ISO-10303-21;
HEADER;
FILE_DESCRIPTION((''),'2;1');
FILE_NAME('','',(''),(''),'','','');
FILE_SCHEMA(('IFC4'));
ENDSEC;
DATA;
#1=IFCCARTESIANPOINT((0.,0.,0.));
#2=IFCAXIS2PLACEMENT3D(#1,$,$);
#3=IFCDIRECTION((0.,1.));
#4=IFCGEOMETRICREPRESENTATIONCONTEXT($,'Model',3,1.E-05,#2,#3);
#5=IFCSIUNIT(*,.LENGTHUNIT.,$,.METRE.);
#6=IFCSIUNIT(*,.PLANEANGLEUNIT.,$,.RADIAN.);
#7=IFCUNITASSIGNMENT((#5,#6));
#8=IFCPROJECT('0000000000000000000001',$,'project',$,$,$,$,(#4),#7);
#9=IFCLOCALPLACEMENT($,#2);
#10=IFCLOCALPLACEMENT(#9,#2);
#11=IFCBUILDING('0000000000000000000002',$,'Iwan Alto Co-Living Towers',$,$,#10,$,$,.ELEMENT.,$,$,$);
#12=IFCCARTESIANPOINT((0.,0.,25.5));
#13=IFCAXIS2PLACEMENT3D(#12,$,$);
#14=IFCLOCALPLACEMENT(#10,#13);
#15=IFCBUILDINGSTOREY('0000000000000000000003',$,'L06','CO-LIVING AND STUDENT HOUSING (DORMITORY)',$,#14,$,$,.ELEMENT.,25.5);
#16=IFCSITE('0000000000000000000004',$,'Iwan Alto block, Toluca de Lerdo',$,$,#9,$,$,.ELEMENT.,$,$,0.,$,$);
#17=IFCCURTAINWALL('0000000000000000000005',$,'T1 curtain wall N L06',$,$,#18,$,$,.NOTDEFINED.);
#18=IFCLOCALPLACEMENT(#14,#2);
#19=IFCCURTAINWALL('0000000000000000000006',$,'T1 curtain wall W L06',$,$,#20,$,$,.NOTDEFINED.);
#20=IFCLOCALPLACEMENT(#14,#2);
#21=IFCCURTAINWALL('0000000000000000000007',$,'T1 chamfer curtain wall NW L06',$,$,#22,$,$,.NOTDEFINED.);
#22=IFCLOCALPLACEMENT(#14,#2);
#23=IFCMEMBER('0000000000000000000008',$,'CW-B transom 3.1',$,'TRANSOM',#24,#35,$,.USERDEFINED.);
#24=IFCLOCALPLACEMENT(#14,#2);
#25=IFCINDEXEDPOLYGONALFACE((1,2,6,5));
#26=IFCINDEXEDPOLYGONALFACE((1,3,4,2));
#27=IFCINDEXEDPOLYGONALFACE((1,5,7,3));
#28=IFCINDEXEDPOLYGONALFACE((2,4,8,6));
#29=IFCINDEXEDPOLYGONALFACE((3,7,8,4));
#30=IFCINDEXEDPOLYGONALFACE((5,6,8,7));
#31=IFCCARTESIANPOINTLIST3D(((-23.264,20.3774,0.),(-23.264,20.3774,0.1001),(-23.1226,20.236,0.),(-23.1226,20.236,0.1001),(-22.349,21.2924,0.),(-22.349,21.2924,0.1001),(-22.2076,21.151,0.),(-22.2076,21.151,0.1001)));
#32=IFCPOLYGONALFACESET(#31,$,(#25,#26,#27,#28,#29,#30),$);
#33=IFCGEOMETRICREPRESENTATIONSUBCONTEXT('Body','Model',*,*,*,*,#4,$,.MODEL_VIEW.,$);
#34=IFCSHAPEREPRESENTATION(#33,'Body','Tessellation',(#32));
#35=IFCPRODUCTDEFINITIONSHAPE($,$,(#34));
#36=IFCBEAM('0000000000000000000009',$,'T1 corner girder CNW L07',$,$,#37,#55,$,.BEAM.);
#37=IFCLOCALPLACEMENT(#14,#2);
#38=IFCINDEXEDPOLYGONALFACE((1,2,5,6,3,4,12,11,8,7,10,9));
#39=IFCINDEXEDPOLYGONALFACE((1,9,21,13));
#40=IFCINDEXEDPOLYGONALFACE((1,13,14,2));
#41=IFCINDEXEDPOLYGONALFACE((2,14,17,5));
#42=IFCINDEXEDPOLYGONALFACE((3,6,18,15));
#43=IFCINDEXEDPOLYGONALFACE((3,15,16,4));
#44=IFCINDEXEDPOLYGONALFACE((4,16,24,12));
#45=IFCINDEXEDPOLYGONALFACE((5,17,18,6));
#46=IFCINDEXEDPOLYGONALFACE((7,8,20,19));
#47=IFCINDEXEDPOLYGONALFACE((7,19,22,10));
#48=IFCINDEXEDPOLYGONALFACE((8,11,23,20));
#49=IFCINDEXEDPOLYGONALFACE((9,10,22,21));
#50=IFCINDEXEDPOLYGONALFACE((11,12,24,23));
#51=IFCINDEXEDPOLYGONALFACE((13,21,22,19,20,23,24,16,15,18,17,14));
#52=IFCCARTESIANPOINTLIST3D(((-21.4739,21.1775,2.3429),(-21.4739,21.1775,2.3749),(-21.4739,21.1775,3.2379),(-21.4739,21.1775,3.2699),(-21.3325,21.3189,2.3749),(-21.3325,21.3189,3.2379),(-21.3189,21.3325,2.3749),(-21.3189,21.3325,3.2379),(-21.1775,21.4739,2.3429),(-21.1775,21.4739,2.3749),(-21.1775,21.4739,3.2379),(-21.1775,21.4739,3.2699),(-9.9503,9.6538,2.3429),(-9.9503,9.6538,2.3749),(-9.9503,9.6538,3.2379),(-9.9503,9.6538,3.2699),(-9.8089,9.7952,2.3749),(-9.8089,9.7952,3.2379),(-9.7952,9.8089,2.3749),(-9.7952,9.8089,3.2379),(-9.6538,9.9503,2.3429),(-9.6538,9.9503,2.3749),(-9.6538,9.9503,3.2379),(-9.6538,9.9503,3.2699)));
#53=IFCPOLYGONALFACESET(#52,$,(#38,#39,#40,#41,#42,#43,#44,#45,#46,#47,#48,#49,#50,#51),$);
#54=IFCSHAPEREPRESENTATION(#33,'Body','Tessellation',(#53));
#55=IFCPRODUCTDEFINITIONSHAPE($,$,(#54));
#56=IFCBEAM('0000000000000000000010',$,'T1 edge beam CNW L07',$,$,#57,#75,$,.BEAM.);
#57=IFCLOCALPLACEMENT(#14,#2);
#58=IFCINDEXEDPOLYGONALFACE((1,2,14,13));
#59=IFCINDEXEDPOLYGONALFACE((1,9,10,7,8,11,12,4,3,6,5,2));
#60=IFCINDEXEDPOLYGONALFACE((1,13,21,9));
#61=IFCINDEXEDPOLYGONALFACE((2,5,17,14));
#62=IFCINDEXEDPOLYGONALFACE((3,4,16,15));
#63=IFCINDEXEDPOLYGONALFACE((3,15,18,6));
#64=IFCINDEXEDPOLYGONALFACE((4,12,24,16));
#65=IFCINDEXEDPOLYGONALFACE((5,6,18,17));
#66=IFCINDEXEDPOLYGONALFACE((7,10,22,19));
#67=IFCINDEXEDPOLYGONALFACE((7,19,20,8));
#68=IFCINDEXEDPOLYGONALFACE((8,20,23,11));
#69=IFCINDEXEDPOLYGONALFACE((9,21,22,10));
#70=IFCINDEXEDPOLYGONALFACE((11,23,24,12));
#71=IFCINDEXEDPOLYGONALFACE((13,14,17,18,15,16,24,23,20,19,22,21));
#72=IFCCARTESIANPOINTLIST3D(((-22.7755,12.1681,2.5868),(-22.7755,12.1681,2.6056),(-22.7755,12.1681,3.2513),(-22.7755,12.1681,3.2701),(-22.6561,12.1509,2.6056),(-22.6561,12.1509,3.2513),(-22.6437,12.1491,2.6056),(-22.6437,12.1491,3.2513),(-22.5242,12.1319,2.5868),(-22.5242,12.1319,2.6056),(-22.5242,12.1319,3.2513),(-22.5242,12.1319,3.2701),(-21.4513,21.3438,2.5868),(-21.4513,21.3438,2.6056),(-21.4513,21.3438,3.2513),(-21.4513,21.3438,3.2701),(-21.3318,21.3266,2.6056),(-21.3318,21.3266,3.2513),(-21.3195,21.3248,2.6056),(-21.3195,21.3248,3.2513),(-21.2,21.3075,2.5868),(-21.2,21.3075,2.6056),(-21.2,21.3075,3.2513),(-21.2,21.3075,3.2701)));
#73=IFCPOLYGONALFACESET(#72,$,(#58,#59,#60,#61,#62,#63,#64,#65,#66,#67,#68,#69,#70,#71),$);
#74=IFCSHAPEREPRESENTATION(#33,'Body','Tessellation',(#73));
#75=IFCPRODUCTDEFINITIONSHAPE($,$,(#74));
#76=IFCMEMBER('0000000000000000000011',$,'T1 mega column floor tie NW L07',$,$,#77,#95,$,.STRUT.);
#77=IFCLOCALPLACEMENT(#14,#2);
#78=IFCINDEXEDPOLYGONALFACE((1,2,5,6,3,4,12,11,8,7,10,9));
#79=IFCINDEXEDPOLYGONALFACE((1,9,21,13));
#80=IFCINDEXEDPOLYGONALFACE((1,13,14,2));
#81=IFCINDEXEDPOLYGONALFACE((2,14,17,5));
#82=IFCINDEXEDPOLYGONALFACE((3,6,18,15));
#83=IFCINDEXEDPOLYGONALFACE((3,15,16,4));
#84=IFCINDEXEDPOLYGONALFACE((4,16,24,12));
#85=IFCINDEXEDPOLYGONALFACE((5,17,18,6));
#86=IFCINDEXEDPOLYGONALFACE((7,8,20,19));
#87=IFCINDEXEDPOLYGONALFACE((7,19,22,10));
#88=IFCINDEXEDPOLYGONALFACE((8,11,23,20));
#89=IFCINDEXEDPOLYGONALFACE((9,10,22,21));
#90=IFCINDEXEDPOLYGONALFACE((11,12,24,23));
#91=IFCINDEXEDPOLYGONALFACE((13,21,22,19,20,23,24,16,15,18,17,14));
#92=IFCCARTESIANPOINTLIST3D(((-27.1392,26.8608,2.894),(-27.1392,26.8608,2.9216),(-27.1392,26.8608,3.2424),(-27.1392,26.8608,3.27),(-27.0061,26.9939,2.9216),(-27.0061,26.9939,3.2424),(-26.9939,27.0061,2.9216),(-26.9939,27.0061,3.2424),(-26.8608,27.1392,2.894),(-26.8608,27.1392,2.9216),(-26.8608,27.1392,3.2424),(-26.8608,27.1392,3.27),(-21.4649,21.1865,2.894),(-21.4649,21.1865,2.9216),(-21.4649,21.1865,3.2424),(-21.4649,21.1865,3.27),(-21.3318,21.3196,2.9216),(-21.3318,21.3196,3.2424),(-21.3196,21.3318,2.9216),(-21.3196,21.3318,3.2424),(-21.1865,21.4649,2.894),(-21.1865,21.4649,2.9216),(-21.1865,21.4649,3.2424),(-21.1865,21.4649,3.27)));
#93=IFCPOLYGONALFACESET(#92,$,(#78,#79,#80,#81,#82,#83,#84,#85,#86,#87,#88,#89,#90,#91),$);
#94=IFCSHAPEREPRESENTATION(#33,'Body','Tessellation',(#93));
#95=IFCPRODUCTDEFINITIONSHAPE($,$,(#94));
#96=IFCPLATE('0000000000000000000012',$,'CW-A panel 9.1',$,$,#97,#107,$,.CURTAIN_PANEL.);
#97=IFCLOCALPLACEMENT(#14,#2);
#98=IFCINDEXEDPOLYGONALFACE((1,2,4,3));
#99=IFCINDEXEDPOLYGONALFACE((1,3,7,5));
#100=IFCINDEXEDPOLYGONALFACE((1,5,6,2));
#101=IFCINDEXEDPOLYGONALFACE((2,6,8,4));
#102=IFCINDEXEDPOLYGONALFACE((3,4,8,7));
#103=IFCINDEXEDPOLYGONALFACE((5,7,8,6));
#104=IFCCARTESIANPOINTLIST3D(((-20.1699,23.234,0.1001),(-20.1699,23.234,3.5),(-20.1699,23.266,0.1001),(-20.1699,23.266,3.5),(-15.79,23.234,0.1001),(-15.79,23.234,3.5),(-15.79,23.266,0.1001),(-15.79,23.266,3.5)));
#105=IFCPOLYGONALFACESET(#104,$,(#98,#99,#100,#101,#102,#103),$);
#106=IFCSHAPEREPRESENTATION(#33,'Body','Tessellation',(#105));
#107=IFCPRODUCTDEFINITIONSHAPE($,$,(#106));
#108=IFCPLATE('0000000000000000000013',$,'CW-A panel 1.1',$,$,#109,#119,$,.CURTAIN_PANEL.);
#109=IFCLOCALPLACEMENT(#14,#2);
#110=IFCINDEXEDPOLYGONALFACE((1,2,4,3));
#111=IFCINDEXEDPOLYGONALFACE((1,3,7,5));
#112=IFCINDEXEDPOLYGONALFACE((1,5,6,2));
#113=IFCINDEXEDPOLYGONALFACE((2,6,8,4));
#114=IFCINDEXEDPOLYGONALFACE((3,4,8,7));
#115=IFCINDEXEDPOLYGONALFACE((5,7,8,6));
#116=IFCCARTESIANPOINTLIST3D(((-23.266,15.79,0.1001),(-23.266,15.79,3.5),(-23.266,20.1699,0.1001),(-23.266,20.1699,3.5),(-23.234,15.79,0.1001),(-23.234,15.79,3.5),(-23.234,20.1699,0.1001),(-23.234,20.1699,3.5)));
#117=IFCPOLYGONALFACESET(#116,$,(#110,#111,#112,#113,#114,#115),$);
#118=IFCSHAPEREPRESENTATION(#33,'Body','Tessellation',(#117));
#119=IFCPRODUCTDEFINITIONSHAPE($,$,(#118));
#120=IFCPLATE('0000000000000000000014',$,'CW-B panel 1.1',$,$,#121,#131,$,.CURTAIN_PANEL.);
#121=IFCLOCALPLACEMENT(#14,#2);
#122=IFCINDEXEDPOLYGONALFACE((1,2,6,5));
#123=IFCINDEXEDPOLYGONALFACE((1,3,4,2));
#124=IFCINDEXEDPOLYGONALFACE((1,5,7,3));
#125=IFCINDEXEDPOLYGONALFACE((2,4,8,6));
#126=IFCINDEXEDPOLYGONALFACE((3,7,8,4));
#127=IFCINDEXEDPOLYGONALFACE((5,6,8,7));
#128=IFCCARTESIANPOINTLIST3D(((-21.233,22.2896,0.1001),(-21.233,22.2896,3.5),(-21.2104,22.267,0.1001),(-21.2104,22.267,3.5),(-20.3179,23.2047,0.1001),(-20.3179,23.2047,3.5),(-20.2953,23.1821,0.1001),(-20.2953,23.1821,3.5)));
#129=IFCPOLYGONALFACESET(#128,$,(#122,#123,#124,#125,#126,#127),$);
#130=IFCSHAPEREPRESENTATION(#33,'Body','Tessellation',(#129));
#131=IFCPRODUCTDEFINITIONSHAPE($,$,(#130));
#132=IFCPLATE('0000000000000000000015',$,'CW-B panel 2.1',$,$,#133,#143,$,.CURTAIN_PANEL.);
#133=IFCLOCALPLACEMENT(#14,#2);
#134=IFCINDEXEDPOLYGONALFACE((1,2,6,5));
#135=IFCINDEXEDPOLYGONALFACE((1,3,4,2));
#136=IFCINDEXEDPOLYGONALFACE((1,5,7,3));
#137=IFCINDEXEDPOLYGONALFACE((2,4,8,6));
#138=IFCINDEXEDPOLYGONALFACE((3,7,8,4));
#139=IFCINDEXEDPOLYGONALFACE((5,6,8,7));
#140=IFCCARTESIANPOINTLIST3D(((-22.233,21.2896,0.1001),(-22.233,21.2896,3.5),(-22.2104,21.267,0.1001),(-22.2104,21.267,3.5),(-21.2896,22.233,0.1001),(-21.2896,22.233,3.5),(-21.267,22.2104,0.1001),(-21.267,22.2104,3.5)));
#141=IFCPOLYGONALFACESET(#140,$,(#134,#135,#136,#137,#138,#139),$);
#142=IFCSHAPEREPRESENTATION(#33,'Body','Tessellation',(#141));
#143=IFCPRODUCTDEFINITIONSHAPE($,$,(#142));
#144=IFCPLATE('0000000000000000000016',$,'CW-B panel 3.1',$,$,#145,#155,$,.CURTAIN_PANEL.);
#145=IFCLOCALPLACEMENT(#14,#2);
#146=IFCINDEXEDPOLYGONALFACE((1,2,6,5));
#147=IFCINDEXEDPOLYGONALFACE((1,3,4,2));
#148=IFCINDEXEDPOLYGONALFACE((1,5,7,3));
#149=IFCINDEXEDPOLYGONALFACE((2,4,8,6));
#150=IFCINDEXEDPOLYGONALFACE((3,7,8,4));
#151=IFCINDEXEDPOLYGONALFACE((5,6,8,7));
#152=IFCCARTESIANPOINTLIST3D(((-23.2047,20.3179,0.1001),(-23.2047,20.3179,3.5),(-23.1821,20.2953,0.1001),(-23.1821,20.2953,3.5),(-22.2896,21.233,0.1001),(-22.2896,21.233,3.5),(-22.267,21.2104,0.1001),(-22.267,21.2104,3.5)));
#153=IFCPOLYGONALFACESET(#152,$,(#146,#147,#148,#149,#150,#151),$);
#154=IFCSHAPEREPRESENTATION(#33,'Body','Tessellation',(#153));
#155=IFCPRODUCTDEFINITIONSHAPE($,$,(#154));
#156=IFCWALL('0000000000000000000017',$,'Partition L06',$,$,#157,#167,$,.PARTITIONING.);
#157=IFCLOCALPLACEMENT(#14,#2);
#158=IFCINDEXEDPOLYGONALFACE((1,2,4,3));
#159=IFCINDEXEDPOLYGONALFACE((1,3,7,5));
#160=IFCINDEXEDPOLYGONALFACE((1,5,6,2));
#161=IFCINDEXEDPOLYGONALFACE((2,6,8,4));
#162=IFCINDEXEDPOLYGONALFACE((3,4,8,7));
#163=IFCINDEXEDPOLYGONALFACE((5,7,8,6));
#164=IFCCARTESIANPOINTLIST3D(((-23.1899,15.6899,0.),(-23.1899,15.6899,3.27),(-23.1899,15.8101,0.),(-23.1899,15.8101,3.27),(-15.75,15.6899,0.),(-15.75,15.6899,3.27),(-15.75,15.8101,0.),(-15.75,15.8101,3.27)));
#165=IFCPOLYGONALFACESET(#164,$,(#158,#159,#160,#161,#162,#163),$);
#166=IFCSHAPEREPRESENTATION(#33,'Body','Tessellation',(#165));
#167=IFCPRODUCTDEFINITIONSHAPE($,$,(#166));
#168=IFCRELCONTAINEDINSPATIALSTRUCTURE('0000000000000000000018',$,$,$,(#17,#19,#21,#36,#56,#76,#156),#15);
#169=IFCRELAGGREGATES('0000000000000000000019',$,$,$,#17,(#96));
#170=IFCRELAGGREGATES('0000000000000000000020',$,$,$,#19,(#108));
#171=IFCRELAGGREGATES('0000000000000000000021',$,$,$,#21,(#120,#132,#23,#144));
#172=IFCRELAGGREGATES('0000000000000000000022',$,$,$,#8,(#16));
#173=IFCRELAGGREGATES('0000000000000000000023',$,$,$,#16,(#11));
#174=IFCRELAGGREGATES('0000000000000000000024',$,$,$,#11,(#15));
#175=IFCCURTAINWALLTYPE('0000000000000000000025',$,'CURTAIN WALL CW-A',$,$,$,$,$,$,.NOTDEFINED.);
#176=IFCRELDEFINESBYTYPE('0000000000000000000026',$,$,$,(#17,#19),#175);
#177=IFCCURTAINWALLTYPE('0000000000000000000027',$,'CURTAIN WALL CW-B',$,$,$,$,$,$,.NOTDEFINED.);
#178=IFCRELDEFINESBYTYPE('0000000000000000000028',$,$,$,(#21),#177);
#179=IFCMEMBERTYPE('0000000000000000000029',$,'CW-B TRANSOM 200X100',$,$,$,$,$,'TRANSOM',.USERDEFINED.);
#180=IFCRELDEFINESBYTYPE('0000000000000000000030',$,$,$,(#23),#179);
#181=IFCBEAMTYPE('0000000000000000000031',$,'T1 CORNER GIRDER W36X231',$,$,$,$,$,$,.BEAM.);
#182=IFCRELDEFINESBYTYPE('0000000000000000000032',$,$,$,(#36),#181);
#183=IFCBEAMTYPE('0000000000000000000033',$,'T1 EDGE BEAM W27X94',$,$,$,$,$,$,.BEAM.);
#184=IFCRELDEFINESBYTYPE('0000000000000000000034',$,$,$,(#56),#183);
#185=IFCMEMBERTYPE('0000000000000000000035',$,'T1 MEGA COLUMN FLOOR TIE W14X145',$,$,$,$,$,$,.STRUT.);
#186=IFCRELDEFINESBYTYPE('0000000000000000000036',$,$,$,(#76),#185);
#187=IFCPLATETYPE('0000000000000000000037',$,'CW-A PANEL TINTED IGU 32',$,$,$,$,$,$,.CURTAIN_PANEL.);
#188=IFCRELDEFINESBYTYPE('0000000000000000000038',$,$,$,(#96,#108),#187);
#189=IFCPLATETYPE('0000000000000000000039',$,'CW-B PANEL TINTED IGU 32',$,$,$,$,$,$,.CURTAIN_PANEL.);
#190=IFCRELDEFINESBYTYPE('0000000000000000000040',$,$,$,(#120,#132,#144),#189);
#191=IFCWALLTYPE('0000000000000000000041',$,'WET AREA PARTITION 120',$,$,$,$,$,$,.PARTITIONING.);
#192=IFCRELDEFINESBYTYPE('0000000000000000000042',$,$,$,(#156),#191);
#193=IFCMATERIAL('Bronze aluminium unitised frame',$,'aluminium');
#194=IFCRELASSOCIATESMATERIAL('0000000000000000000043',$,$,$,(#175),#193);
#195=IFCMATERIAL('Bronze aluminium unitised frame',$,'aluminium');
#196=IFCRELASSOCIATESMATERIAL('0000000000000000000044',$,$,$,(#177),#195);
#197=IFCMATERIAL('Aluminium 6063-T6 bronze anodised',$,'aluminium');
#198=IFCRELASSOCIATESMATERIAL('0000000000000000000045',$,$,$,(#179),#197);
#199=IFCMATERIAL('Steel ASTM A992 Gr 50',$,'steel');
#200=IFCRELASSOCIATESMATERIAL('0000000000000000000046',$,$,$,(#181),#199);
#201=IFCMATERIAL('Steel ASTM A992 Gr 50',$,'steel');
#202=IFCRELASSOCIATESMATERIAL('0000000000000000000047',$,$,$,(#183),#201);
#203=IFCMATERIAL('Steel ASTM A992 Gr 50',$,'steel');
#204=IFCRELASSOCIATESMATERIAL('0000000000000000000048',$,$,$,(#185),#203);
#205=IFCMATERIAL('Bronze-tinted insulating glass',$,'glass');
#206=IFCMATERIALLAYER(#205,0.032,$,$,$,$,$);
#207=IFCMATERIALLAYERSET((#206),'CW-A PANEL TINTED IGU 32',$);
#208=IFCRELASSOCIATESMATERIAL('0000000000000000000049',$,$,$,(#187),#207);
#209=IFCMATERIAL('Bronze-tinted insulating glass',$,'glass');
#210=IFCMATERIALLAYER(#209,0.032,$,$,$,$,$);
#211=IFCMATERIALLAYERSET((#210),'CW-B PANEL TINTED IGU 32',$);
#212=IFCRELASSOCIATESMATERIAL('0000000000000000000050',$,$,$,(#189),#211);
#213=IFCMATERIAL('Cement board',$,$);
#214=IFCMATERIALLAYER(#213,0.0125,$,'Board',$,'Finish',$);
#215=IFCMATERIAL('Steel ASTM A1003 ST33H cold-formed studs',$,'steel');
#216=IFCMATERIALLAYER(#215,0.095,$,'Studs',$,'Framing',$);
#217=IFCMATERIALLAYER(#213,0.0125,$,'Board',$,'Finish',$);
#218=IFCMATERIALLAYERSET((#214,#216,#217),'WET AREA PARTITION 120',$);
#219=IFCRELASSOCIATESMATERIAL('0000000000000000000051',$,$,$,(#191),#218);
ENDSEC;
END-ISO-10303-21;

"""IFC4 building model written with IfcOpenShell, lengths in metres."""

from ifc_helpers import new_model, si_unit, direction, frame, frame_2d, origin, origin_2d, place, context, subcontext, project, spatial, rectangle, i_section, extrude, material, layer, layer_set, material_profile, profile_set, type_object, element, aggregate, save


model = new_model("IFC4")

# Units and contexts
model_context = context("Model", 3, precision=1e-05, world=origin(), true_north=direction((0.0, 1.0)))
body_context = subcontext(model_context, "Body", "Model", "MODEL_VIEW")
ifc_project = project(units=[si_unit("LENGTHUNIT", "METRE"), si_unit("PLANEANGLEUNIT", "RADIAN")], contexts=[model_context])

# Site, building, storey
site_placement = place(None, origin())
site = spatial("IfcSite", under=ifc_project, at=site_placement, Name="Iwan Alto block, Toluca de Lerdo", CompositionType="ELEMENT", RefElevation=0.0)
building_placement = place(site_placement, origin())
building = spatial("IfcBuilding", under=site, at=building_placement, Name="Iwan Alto Co-Living Towers", CompositionType="ELEMENT")
storey_placement = place(building_placement, frame((0.0, 0.0, 25.5)))
storey = spatial("IfcBuildingStorey", under=building, at=storey_placement, Name="L06", Description="CO-LIVING AND STUDENT HOUSING (DORMITORY)", CompositionType="ELEMENT", Elevation=25.5)

# Curtain wall
ifc_material_1 = material(Name="Bronze aluminium unitised frame", Category="aluminium")
curtain_wall_type_1 = type_object("IfcCurtainWallType", Name="CURTAIN WALL CW-A", PredefinedType="NOTDEFINED", material=ifc_material_1)
curtain_wall_1_placement = place(storey_placement, origin())
curtain_wall_1 = element("IfcCurtainWall", 1, at=curtain_wall_1_placement, inside=storey, type_object=curtain_wall_type_1, Name="T1 curtain wall N L06", PredefinedType="NOTDEFINED")

# Curtain walls, member
curtain_wall_2_placement = place(storey_placement, origin())
curtain_wall_2 = element("IfcCurtainWall", 2, at=curtain_wall_2_placement, inside=storey, type_object=curtain_wall_type_1, Name="T1 curtain wall W L06", PredefinedType="NOTDEFINED")
ifc_material_2 = material(Name="Bronze aluminium unitised frame", Category="aluminium")
curtain_wall_type_2 = type_object("IfcCurtainWallType", Name="CURTAIN WALL CW-B", PredefinedType="NOTDEFINED", material=ifc_material_2)
curtain_wall_3_placement = place(storey_placement, origin())
curtain_wall_3 = element("IfcCurtainWall", 3, at=curtain_wall_3_placement, inside=storey, type_object=curtain_wall_type_2, Name="T1 chamfer curtain wall NW L06", PredefinedType="NOTDEFINED")
ifc_material_3 = material(Name="Aluminium 6063-T6 bronze anodised", Category="aluminium")
ifc_material_profile_1 = material_profile(ifc_material_3, rectangle(XDim=0.2, YDim=0.1001, at=origin_2d()), Name="AL 200X100")
ifc_profile_set_1 = profile_set([ifc_material_profile_1], Name="Aluminium 6063-T6 bronze anodised")
member_type_1 = type_object("IfcMemberType", Name="CW-B TRANSOM 200X100", ElementType="TRANSOM", PredefinedType="USERDEFINED", material=ifc_profile_set_1)
member_1_placement = place(storey_placement, frame((-22.2783, 21.2217, 0.05), z_axis=(-0.707107, -0.707107, 0.0), x_axis=(0.707107, -0.707107, 0.0)))
member_1 = element("IfcMember", 4, at=member_1_placement, type_object=member_type_1, Name="CW-B transom 3.1", ObjectType="TRANSOM", PredefinedType="USERDEFINED", context=body_context, shape_type="SweptSolid", body=[
    extrude(rectangle(XDim=0.2, YDim=0.1001, at=origin_2d()), origin(), (0.0, 0.0, 1.0), 1.2939),
])

# Beams
ifc_material_4 = material(Name="Steel ASTM A992 Gr 50", Category="steel")
ifc_material_profile_2 = material_profile(ifc_material_4, i_section(OverallWidth=0.4192, OverallDepth=0.927, WebThickness=0.0193, FlangeThickness=0.032, at=origin_2d()), Name="W36X231")
ifc_profile_set_2 = profile_set([ifc_material_profile_2], Name="Steel ASTM A992 Gr 50")
beam_type_1 = type_object("IfcBeamType", Name="T1 CORNER GIRDER W36X231", PredefinedType="BEAM", material=ifc_profile_set_2)
beam_1_placement = place(storey_placement, frame((-21.3257, 21.3257, 2.8064), z_axis=(0.707107, -0.707107, 0.0), x_axis=(0.707107, 0.707107, 0.0)))
element("IfcBeam", 5, at=beam_1_placement, inside=storey, type_object=beam_type_1, Name="T1 corner girder CNW L07", PredefinedType="BEAM", context=body_context, shape_type="SweptSolid", body=[
    extrude(i_section(OverallWidth=0.4192, OverallDepth=0.927, WebThickness=0.0193, FlangeThickness=0.032, at=origin_2d()), origin(), (0.0, 0.0, 1.0), 16.2969),
])
ifc_material_5 = material(Name="Steel ASTM A992 Gr 50", Category="steel")
ifc_material_profile_3 = material_profile(ifc_material_5, i_section(OverallWidth=0.2539, OverallDepth=0.6833, WebThickness=0.0125, FlangeThickness=0.0188, at=origin_2d()), Name="W27X94")
ifc_profile_set_3 = profile_set([ifc_material_profile_3], Name="Steel ASTM A992 Gr 50")
beam_type_2 = type_object("IfcBeamType", Name="T1 EDGE BEAM W27X94", PredefinedType="BEAM", material=ifc_profile_set_3)
beam_2_placement = place(storey_placement, frame((-21.3257, 21.3257, 2.9285), z_axis=(-0.142837, -0.989746, 0.0), x_axis=(0.989746, -0.142837, 0.0)))
element("IfcBeam", 6, at=beam_2_placement, inside=storey, type_object=beam_type_2, Name="T1 edge beam CNW L07", PredefinedType="BEAM", context=body_context, shape_type="SweptSolid", body=[
    extrude(i_section(OverallWidth=0.2539, OverallDepth=0.6833, WebThickness=0.0125, FlangeThickness=0.0188, at=origin_2d()), origin(), (0.0, 0.0, 1.0), 9.2708),
])

# Member
ifc_material_6 = material(Name="Steel ASTM A992 Gr 50", Category="steel")
ifc_material_profile_4 = material_profile(ifc_material_6, i_section(OverallWidth=0.3938, OverallDepth=0.376, WebThickness=0.0173, FlangeThickness=0.0276, at=origin_2d()), Name="W14X145")
ifc_profile_set_4 = profile_set([ifc_material_profile_4], Name="Steel ASTM A992 Gr 50")
member_type_2 = type_object("IfcMemberType", Name="T1 MEGA COLUMN FLOOR TIE W14X145", PredefinedType="STRUT", material=ifc_profile_set_4)
member_2_placement = place(storey_placement, frame((-27.0, 27.0, 3.082), z_axis=(0.707107, -0.707107, 0.0), x_axis=(0.707107, 0.707107, 0.0)))
element("IfcMember", 7, at=member_2_placement, inside=storey, type_object=member_type_2, Name="T1 mega column floor tie NW L07", PredefinedType="STRUT", context=body_context, shape_type="SweptSolid", body=[
    extrude(i_section(OverallWidth=0.3938, OverallDepth=0.376, WebThickness=0.0173, FlangeThickness=0.0276, at=origin_2d()), origin(), (0.0, 0.0, 1.0), 8.0247),
])

# Plates
ifc_material_7 = material(Name="Bronze-tinted insulating glass", Category="glass")
ifc_layer_1 = layer(ifc_material_7, 0.032)
ifc_layer_set_1 = layer_set([ifc_layer_1], Name="CW-A PANEL TINTED IGU 32")
plate_type_1 = type_object("IfcPlateType", Name="CW-A PANEL TINTED IGU 32", PredefinedType="CURTAIN_PANEL", material=ifc_layer_set_1)
plate_1_placement = place(storey_placement, frame((-17.98, 23.25, 0.1001), z_axis=(0.0, 0.0, 1.0), x_axis=(-1.0, 0.0, 0.0)))
plate_1 = element("IfcPlate", 8, at=plate_1_placement, type_object=plate_type_1, Name="CW-A panel 9.1", PredefinedType="CURTAIN_PANEL", context=body_context, shape_type="SweptSolid", body=[
    extrude(rectangle(XDim=4.3799, YDim=0.032, at=origin_2d()), origin(), (0.0, 0.0, 1.0), 3.3999),
])
aggregate(curtain_wall_1, [plate_1])
plate_2_placement = place(storey_placement, frame((-23.25, 17.98, 0.1001), z_axis=(0.0, 0.0, 1.0), x_axis=(0.0, -1.0, 0.0)))
plate_2 = element("IfcPlate", 9, at=plate_2_placement, type_object=plate_type_1, Name="CW-A panel 1.1", PredefinedType="CURTAIN_PANEL", context=body_context, shape_type="SweptSolid", body=[
    extrude(rectangle(XDim=4.3799, YDim=0.032, at=origin_2d()), origin(), (0.0, 0.0, 1.0), 3.3999),
])
aggregate(curtain_wall_2, [plate_2])
ifc_material_8 = material(Name="Bronze-tinted insulating glass", Category="glass")
ifc_layer_2 = layer(ifc_material_8, 0.032)
ifc_layer_set_2 = layer_set([ifc_layer_2], Name="CW-B PANEL TINTED IGU 32")
plate_type_2 = type_object("IfcPlateType", Name="CW-B PANEL TINTED IGU 32", PredefinedType="CURTAIN_PANEL", material=ifc_layer_set_2)
plate_3_placement = place(storey_placement, frame((-20.7642, 22.7358, 0.1001), z_axis=(0.0, 0.0, 1.0), x_axis=(-0.707107, -0.707107, 0.0)))
plate_3 = element("IfcPlate", 10, at=plate_3_placement, type_object=plate_type_2, Name="CW-B panel 1.1", PredefinedType="CURTAIN_PANEL", context=body_context, shape_type="SweptSolid", body=[
    extrude(rectangle(XDim=1.2942, YDim=0.032, at=origin_2d()), origin(), (0.0, 0.0, 1.0), 3.3999),
])
plate_4_placement = place(storey_placement, frame((-21.75, 21.75, 0.1001), z_axis=(0.0, 0.0, 1.0), x_axis=(-0.707107, -0.707107, 0.0)))
plate_4 = element("IfcPlate", 11, at=plate_4_placement, type_object=plate_type_2, Name="CW-B panel 2.1", PredefinedType="CURTAIN_PANEL", context=body_context, shape_type="SweptSolid", body=[
    extrude(rectangle(XDim=1.3342, YDim=0.032, at=origin_2d()), origin(), (0.0, 0.0, 1.0), 3.3999),
])
plate_5_placement = place(storey_placement, frame((-22.7358, 20.7642, 0.1001), z_axis=(0.0, 0.0, 1.0), x_axis=(-0.707107, -0.707107, 0.0)))
plate_5 = element("IfcPlate", 12, at=plate_5_placement, type_object=plate_type_2, Name="CW-B panel 3.1", PredefinedType="CURTAIN_PANEL", context=body_context, shape_type="SweptSolid", body=[
    extrude(rectangle(XDim=1.2942, YDim=0.032, at=origin_2d()), origin(), (0.0, 0.0, 1.0), 3.3999),
])
aggregate(curtain_wall_3, [plate_3, plate_4, member_1, plate_5])

# Wall
ifc_material_9 = material(Name="Cement board")
ifc_layer_3 = layer(ifc_material_9, 0.0125, Name="Board", Category="Finish")
ifc_material_10 = material(Name="Steel ASTM A1003 ST33H cold-formed studs", Category="steel")
ifc_layer_4 = layer(ifc_material_10, 0.095, Name="Studs", Category="Framing")
ifc_layer_5 = layer(ifc_material_9, 0.0125, Name="Board", Category="Finish")
ifc_layer_set_3 = layer_set([ifc_layer_3, ifc_layer_4, ifc_layer_5], Name="WET AREA PARTITION 120")
wall_type = type_object("IfcWallType", Name="WET AREA PARTITION 120", PredefinedType="PARTITIONING", material=ifc_layer_set_3)
wall_placement = place(storey_placement, frame((-23.1899, 15.75, 0.0), z_axis=(0.0, 0.0, 1.0), x_axis=(1.0, 0.0, 0.0)))
element("IfcWall", 13, at=wall_placement, inside=storey, type_object=wall_type, Name="Partition L06", PredefinedType="PARTITIONING", context=body_context, shape_type="SweptSolid", body=[
    extrude(rectangle(XDim=7.4399, YDim=0.1201, at=frame_2d((3.72, 0.0))), origin(), (0.0, 0.0, 1.0), 3.27),
])

save(model, "model.ifc")
